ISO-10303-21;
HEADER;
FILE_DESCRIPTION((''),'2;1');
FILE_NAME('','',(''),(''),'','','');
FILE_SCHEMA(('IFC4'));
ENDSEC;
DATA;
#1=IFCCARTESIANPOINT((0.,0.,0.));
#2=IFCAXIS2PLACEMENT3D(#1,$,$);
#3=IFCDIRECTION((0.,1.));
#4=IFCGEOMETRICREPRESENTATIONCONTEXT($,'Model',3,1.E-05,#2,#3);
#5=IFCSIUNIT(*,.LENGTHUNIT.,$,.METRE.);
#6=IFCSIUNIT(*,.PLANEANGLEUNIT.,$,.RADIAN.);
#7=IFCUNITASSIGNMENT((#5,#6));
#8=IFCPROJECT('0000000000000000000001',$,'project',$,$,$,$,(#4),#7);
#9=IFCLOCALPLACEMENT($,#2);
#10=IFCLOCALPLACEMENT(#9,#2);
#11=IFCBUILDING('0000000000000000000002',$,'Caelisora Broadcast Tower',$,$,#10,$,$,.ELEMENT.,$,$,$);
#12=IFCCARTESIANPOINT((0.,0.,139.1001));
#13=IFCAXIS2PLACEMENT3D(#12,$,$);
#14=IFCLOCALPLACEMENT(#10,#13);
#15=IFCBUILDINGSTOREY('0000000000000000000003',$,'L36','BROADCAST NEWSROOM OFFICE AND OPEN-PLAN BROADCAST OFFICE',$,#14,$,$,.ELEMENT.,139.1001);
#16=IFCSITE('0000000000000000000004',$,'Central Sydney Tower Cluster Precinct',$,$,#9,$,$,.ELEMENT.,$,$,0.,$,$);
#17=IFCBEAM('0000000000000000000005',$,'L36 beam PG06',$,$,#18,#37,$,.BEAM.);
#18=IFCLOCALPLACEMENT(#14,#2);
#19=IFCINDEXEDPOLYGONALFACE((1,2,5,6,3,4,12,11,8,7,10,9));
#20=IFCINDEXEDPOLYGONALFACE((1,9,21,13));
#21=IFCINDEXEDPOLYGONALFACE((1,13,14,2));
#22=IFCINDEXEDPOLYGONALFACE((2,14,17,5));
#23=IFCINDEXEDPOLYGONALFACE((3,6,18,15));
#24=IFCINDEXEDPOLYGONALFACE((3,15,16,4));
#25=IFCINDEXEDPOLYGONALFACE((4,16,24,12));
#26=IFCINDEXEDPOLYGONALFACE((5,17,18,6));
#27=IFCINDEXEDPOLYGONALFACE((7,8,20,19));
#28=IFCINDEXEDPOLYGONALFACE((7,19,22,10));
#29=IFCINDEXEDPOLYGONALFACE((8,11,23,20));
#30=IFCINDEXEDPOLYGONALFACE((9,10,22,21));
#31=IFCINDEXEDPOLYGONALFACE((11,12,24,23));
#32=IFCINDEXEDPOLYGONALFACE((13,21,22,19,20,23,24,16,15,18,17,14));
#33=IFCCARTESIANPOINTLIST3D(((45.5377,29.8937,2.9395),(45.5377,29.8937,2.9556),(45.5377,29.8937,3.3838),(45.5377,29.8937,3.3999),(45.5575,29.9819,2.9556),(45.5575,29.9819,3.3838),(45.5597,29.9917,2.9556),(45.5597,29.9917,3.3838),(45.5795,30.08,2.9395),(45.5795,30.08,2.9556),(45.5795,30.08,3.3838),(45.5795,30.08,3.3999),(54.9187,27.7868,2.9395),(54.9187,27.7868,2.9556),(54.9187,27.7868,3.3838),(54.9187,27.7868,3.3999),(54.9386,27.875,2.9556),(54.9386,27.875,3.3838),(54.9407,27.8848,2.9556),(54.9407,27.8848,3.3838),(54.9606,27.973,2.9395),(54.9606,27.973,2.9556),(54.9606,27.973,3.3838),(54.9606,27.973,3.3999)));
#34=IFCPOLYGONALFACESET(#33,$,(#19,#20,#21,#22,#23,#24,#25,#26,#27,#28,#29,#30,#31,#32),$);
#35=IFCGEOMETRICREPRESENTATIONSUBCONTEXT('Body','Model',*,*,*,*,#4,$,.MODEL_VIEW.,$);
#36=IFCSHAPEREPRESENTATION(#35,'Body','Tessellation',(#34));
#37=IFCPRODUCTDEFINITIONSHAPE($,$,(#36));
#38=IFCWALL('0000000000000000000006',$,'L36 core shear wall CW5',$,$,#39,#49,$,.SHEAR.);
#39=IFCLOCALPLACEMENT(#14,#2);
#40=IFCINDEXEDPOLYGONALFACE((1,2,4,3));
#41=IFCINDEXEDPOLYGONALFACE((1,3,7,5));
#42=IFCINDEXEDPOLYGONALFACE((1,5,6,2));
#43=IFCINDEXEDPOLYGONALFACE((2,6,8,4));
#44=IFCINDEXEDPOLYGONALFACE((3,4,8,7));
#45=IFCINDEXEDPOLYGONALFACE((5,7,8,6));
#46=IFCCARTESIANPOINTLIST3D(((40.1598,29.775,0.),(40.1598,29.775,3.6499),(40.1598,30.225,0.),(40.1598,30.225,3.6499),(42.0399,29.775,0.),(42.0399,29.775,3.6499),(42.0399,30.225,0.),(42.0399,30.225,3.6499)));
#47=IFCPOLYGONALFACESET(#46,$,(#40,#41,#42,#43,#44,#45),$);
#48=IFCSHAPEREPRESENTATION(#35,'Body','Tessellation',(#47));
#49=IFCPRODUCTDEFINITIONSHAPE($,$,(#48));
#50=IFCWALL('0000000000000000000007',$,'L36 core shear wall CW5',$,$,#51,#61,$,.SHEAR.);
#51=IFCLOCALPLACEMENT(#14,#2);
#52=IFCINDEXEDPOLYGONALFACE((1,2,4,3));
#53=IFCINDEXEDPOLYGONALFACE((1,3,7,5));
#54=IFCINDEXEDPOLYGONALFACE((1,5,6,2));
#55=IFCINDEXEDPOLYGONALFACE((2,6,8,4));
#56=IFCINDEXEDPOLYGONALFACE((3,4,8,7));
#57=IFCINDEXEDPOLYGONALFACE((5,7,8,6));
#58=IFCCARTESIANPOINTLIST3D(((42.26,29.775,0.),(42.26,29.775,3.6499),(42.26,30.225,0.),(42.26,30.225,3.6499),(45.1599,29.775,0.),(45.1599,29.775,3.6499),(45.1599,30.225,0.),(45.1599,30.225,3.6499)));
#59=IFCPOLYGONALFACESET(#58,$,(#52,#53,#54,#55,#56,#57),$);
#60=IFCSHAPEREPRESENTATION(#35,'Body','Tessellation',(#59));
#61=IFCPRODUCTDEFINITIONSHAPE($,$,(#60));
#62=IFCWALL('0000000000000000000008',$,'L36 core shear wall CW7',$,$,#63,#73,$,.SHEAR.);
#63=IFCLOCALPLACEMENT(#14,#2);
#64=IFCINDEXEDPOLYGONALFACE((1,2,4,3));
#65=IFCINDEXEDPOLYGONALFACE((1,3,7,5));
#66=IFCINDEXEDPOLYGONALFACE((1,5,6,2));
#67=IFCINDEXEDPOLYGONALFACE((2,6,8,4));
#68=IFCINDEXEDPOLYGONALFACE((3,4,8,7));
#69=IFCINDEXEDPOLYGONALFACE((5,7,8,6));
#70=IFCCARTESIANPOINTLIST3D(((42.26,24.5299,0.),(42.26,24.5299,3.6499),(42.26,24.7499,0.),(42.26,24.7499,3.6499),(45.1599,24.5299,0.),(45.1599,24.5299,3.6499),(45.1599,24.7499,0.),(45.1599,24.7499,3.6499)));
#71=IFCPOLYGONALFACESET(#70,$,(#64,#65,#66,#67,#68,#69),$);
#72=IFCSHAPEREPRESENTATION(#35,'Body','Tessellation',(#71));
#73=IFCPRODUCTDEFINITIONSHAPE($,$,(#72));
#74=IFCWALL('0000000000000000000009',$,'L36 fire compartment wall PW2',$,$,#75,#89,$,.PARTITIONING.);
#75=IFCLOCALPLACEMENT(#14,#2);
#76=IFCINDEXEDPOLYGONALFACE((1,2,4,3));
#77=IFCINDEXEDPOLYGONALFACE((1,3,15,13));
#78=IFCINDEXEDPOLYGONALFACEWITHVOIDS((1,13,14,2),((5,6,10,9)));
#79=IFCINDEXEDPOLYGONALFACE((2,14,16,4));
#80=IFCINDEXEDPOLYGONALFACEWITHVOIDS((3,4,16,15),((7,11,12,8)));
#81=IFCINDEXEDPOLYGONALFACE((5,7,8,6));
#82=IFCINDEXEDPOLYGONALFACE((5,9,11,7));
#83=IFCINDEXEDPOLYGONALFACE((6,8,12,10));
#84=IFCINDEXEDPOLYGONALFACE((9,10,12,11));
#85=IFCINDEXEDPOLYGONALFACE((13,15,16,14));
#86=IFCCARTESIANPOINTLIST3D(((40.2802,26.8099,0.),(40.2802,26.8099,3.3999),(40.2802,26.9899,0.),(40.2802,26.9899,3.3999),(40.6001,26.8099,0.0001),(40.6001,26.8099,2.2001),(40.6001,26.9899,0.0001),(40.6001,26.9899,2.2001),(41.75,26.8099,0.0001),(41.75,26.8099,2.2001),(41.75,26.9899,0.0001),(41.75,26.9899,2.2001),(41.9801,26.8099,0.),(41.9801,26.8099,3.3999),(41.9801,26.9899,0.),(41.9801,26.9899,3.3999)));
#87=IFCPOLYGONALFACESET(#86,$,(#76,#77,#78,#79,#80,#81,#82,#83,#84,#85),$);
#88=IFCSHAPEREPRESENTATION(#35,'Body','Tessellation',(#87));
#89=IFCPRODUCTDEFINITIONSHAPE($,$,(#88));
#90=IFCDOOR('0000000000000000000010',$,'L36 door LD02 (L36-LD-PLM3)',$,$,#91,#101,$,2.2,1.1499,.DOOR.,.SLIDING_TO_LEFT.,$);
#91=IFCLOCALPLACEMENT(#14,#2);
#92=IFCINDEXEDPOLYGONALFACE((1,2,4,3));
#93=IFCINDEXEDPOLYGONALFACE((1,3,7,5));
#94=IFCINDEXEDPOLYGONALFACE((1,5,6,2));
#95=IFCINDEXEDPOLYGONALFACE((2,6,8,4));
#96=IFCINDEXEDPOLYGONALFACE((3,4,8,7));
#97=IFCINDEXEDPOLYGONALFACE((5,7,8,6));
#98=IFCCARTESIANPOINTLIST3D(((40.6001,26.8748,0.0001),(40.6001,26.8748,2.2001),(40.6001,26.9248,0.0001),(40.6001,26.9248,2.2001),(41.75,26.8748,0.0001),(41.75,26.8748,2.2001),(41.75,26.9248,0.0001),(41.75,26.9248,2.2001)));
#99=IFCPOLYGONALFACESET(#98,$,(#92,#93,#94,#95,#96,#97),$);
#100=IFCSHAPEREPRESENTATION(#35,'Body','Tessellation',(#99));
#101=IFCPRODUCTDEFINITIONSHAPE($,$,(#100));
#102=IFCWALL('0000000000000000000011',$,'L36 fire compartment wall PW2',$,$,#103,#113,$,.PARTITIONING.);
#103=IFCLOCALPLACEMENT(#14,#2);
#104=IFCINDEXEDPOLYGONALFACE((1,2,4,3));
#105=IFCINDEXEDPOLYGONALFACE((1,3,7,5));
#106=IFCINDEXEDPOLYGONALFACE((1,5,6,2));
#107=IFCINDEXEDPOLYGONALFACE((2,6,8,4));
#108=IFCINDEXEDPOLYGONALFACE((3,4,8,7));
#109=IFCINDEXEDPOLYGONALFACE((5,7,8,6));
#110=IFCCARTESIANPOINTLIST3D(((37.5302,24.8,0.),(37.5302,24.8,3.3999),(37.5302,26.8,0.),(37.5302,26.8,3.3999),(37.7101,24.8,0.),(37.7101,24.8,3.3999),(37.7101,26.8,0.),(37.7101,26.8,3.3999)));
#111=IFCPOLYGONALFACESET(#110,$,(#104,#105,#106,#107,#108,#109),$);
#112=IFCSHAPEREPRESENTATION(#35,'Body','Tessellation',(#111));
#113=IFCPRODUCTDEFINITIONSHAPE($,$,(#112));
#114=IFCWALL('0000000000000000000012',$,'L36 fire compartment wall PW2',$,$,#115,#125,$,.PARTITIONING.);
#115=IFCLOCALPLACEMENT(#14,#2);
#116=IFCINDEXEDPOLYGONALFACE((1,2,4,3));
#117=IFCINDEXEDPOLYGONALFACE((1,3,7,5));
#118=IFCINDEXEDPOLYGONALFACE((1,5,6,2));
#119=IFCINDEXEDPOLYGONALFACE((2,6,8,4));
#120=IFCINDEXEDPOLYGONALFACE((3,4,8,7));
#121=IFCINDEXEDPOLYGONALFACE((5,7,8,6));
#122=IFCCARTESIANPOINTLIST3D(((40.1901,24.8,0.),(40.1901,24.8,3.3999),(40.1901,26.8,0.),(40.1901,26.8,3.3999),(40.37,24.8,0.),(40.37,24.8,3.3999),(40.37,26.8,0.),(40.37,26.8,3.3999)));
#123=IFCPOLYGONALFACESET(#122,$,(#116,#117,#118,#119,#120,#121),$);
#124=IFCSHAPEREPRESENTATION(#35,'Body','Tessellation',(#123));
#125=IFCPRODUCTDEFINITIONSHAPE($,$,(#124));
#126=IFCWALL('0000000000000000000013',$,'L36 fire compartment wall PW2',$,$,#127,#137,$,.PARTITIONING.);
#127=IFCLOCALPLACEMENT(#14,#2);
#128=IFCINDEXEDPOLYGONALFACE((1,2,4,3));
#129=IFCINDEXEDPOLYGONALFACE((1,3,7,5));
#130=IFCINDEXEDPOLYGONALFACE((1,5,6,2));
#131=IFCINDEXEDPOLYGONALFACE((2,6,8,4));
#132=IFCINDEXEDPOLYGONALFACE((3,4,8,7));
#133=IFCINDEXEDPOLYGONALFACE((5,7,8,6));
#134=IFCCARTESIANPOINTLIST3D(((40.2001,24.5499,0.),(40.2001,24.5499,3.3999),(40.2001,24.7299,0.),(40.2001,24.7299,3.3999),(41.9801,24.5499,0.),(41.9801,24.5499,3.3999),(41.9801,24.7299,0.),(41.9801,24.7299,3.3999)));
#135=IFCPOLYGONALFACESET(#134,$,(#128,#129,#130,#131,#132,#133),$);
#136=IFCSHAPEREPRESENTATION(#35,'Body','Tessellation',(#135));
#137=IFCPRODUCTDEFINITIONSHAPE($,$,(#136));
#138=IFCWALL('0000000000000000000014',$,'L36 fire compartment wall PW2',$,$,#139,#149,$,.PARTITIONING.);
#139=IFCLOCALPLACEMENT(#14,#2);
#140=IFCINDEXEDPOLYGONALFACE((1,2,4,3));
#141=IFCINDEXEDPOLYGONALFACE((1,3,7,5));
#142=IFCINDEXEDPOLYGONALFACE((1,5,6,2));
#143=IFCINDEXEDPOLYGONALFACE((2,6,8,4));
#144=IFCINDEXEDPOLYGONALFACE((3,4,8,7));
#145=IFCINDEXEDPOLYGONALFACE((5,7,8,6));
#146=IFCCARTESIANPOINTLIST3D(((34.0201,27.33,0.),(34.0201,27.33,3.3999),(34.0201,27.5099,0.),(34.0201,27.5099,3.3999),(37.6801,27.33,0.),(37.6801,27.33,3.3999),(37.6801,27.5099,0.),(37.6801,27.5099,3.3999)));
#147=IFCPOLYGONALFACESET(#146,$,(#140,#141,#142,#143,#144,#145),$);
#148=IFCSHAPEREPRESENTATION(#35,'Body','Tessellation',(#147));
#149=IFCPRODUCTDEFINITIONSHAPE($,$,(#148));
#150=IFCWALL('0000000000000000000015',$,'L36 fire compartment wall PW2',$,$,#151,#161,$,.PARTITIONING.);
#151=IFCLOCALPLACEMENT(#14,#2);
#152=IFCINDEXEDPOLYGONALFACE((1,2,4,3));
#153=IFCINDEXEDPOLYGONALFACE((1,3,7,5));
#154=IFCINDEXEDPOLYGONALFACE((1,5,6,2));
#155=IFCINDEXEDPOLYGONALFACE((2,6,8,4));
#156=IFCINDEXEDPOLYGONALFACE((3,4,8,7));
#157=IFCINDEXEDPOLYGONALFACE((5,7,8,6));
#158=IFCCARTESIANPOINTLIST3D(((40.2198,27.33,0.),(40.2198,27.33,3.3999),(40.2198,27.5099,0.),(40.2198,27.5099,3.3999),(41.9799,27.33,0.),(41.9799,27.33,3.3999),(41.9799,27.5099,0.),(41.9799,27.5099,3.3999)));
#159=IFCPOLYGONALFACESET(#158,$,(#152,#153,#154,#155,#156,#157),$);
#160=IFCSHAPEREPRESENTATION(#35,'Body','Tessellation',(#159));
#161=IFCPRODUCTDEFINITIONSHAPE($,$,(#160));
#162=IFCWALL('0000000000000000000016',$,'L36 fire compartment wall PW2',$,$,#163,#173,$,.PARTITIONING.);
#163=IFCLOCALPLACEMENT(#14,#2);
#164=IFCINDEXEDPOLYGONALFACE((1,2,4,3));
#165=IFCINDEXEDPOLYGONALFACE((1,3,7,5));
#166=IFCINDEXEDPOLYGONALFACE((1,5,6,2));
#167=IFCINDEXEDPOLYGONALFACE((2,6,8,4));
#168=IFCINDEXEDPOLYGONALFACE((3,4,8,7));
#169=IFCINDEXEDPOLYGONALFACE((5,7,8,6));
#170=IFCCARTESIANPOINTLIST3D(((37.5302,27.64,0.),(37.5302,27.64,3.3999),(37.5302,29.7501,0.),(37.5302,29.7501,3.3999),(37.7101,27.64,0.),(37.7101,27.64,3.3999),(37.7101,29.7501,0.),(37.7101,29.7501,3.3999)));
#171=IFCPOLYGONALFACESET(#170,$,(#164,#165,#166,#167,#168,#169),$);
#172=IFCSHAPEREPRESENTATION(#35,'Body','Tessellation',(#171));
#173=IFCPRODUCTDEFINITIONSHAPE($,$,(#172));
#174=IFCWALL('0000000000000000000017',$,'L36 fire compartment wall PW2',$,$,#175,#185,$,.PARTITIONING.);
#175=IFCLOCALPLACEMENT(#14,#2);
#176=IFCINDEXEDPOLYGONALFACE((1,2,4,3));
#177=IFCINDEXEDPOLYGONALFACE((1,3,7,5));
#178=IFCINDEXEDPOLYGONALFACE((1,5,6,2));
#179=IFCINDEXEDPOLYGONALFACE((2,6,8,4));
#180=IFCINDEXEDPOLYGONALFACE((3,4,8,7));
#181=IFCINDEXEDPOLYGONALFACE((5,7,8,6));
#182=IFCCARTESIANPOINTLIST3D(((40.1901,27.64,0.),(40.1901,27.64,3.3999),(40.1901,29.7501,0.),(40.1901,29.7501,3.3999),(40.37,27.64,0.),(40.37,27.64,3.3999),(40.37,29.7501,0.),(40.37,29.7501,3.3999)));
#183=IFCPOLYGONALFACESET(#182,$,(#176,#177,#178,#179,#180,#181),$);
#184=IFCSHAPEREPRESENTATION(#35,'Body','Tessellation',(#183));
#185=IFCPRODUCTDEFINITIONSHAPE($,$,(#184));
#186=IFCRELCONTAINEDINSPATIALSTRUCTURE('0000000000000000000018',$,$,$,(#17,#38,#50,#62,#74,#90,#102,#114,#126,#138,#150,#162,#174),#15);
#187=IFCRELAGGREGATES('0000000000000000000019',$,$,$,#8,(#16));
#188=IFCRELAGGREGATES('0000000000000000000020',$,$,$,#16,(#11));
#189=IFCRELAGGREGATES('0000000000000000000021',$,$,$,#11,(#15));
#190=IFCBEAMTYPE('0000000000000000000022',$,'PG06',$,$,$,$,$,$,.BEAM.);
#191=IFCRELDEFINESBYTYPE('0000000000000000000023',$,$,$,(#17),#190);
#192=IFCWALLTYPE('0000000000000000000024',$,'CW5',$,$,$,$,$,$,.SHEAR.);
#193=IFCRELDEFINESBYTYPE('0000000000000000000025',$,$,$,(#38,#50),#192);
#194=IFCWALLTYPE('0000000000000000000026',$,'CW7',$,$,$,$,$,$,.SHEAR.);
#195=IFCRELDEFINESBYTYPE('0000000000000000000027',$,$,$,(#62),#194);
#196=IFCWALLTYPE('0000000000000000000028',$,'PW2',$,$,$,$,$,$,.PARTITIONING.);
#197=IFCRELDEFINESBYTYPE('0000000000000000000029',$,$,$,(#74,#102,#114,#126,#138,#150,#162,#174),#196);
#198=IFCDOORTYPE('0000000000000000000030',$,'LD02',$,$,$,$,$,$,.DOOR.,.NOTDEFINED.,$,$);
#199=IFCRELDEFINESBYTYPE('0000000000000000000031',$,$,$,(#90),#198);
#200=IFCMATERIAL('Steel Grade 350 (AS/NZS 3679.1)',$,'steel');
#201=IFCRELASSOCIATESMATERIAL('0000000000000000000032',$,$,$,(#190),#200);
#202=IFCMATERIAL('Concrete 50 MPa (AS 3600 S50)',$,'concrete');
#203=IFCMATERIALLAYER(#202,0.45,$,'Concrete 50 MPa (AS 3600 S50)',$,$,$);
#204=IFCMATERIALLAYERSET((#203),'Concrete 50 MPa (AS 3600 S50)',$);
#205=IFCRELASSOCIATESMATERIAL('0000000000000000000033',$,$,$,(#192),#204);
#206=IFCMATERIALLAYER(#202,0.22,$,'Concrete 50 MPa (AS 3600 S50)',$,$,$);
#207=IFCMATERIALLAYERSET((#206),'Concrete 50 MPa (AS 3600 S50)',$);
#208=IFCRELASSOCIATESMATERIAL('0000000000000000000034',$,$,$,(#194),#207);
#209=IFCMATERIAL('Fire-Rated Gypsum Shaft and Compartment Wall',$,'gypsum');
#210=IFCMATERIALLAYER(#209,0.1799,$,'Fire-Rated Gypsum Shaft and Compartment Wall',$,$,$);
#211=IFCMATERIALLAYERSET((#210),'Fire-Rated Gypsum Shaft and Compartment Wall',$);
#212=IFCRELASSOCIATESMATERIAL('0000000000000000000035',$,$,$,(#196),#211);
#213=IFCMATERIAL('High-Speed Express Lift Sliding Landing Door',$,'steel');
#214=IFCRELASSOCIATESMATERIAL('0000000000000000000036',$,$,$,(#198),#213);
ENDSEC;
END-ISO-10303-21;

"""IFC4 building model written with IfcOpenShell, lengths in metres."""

from ifc_helpers import new_model, si_unit, direction, frame, frame_2d, origin, origin_2d, place, context, subcontext, project, spatial, rectangle, i_section, extrude, source, transform, mapped, material, layer, layer_set, material_profile, profile_set, type_object, element, fill, save


model = new_model("IFC4")

# Units and contexts
model_context = context("Model", 3, precision=1e-05, world=origin(), true_north=direction((0.0, 1.0)))
body_context = subcontext(model_context, "Body", "Model", "MODEL_VIEW")
ifc_project = project(units=[si_unit("LENGTHUNIT", "METRE"), si_unit("PLANEANGLEUNIT", "RADIAN")], contexts=[model_context])

# Site, building, storey
site_placement = place(None, origin())
site = spatial("IfcSite", under=ifc_project, at=site_placement, Name="Central Sydney Tower Cluster Precinct", CompositionType="ELEMENT", RefElevation=0.0)
building_placement = place(site_placement, origin())
building = spatial("IfcBuilding", under=site, at=building_placement, Name="Caelisora Broadcast Tower", CompositionType="ELEMENT")
storey_placement = place(building_placement, frame((0.0, 0.0, 139.1001)))
storey = spatial("IfcBuildingStorey", under=building, at=storey_placement, Name="L36", Description="BROADCAST NEWSROOM OFFICE AND OPEN-PLAN BROADCAST OFFICE", CompositionType="ELEMENT", Elevation=139.1001)

# Beam
ifc_material_1 = material(Name="Concrete 50 MPa (AS 3600 S50)", Category="concrete")
ifc_material_2 = material(Name="Steel Grade 350 (AS/NZS 3679.1)", Category="steel")
ifc_material_profile_1 = material_profile(ifc_material_2, i_section(OverallWidth=0.1909, OverallDepth=0.4604, WebThickness=0.01, FlangeThickness=0.0161, at=origin_2d()), Name="Steel Grade 350 (AS/NZS 3679.1)")
ifc_profile_set_1 = profile_set([ifc_material_profile_1], Name="Steel Grade 350 (AS/NZS 3679.1)")
beam_type_1 = type_object("IfcBeamType", Name="PG06", PredefinedType="BEAM", material=ifc_profile_set_1)
shared_shape_1 = source(origin(), body_context, "Body", "SweptSolid", [
    extrude(i_section(OverallWidth=0.1909, OverallDepth=0.4604, WebThickness=0.01, FlangeThickness=0.0161, at=origin_2d()), origin(), (0.0, 0.0, 1.0), 9.6147),
])
beam_1_placement = place(storey_placement, frame((45.5586, 29.9868, 3.1697), z_axis=(0.975695, -0.219135, 0.0), x_axis=(0.219135, 0.975695, 0.0)))
element("IfcBeam", 1, at=beam_1_placement, inside=storey, type_object=beam_type_1, Name="L36 beam PG06", PredefinedType="BEAM", context=body_context, shape_type="MappedRepresentation", body=[
    mapped(shared_shape_1, transform((0.0, 0.0, 0.0), scale=1.0)),
])

# Walls
ifc_layer_1 = layer(ifc_material_1, 0.45, Name="Concrete 50 MPa (AS 3600 S50)")
ifc_layer_set_1 = layer_set([ifc_layer_1], Name="Concrete 50 MPa (AS 3600 S50)")
wall_type_1 = type_object("IfcWallType", Name="CW5", PredefinedType="SHEAR", material=ifc_layer_set_1)
wall_1_placement = place(storey_placement, frame((40.1599, 30.0, 0.0), z_axis=(0.0, 0.0, 1.0), x_axis=(1.0, 0.0, 0.0)))
element("IfcWall", 2, at=wall_1_placement, inside=storey, type_object=wall_type_1, Name="L36 core shear wall CW5", PredefinedType="SHEAR", context=body_context, shape_type="SweptSolid", body=[
    extrude(rectangle(XDim=1.8801, YDim=0.45, at=frame_2d((0.9399, 0.0))), origin(), (0.0, 0.0, 1.0), 3.6499),
])
wall_2_placement = place(storey_placement, frame((42.26, 30.0, 0.0), z_axis=(0.0, 0.0, 1.0), x_axis=(1.0, 0.0, 0.0)))
element("IfcWall", 3, at=wall_2_placement, inside=storey, type_object=wall_type_1, Name="L36 core shear wall CW5", PredefinedType="SHEAR", context=body_context, shape_type="SweptSolid", body=[
    extrude(rectangle(XDim=2.8999, YDim=0.45, at=frame_2d((1.45, 0.0))), origin(), (0.0, 0.0, 1.0), 3.6499),
])
ifc_layer_2 = layer(ifc_material_1, 0.22, Name="Concrete 50 MPa (AS 3600 S50)")
ifc_layer_set_2 = layer_set([ifc_layer_2], Name="Concrete 50 MPa (AS 3600 S50)")
wall_type_2 = type_object("IfcWallType", Name="CW7", PredefinedType="SHEAR", material=ifc_layer_set_2)
wall_3_placement = place(storey_placement, frame((42.26, 24.6399, 0.0), z_axis=(0.0, 0.0, 1.0), x_axis=(1.0, 0.0, 0.0)))
element("IfcWall", 4, at=wall_3_placement, inside=storey, type_object=wall_type_2, Name="L36 core shear wall CW7", PredefinedType="SHEAR", context=body_context, shape_type="SweptSolid", body=[
    extrude(rectangle(XDim=2.8999, YDim=0.22, at=frame_2d((1.45, 0.0))), origin(), (0.0, 0.0, 1.0), 3.6499),
])

# Wall, opening, door
ifc_material_3 = material(Name="Fire-Rated Gypsum Shaft and Compartment Wall", Category="gypsum")
ifc_layer_3 = layer(ifc_material_3, 0.1799, Name="Fire-Rated Gypsum Shaft and Compartment Wall")
ifc_layer_set_3 = layer_set([ifc_layer_3], Name="Fire-Rated Gypsum Shaft and Compartment Wall")
wall_type_3 = type_object("IfcWallType", Name="PW2", PredefinedType="PARTITIONING", material=ifc_layer_set_3)
wall_4_placement = place(storey_placement, frame((40.28, 26.8999, 0.0), z_axis=(0.0, 0.0, 1.0), x_axis=(1.0, 0.0, 0.0)))
wall_4 = element("IfcWall", 5, at=wall_4_placement, inside=storey, type_object=wall_type_3, Name="L36 fire compartment wall PW2", PredefinedType="PARTITIONING", context=body_context, shape_type="SweptSolid", body=[
    extrude(rectangle(XDim=1.7, YDim=0.1799, at=frame_2d((0.8501, 0.0))), origin(), (0.0, 0.0, 1.0), 3.3999),
])
opening_placement = place(wall_4_placement, frame((0.3201, 0.0, 0.0)))
opening = element("IfcOpeningElement", 6, at=opening_placement, cuts=wall_4, PredefinedType="OPENING", context=body_context, shape_type="SweptSolid", body=[
    extrude(rectangle(XDim=1.1499, YDim=2.2, at=frame_2d((0.575, 1.1001))), frame((0.0, 0.1021, 0.0), z_axis=(0.0, -1.0, 0.0), x_axis=(1.0, 0.0, 0.0)), (0.0, 0.0, 1.0), 0.2039),
])
ifc_material_4 = material(Name="High-Speed Express Lift Sliding Landing Door", Category="steel")
door_type = type_object("IfcDoorType", Name="LD02", OperationType="NOTDEFINED", PredefinedType="DOOR", material=ifc_material_4)
door_placement = place(opening_placement, origin())
door = element("IfcDoor", 7, at=door_placement, inside=storey, type_object=door_type, Name="L36 door LD02 (L36-LD-PLM3)", OperationType="SLIDING_TO_LEFT", OverallHeight=2.2, OverallWidth=1.1499, PredefinedType="DOOR", context=body_context, shape_type="SweptSolid", body=[
    extrude(rectangle(XDim=1.1499, YDim=2.2, at=frame_2d((0.575, 1.1001))), frame((0.0, 0.0249, 0.0), z_axis=(0.0, -1.0, 0.0), x_axis=(1.0, 0.0, 0.0)), (0.0, 0.0, 1.0), 0.05),
])
fill(opening, door)

# Walls
for number, where, z_axis, x_axis, name in (
    (8, (37.6201, 24.8, 0.0), (0.0, 0.0, 1.0), (0.0, 1.0, 0.0), "L36 fire compartment wall PW2"),
    (9, (40.28, 24.8, 0.0), (0.0, 0.0, 1.0), (0.0, 1.0, 0.0), "L36 fire compartment wall PW2"),
):
    element("IfcWall", number, at=place(storey_placement, frame(where, z_axis=z_axis, x_axis=x_axis)), inside=storey, type_object=wall_type_3, Name=name, PredefinedType="PARTITIONING", context=body_context, shape_type="SweptSolid", body=[
        extrude(rectangle(XDim=2.0, YDim=0.1799, at=frame_2d((1.0, 0.0))), origin(), (0.0, 0.0, 1.0), 3.3999),
    ])
wall_5_placement = place(storey_placement, frame((40.2, 24.6399, 0.0), z_axis=(0.0, 0.0, 1.0), x_axis=(1.0, 0.0, 0.0)))
element("IfcWall", 10, at=wall_5_placement, inside=storey, type_object=wall_type_3, Name="L36 fire compartment wall PW2", PredefinedType="PARTITIONING", context=body_context, shape_type="SweptSolid", body=[
    extrude(rectangle(XDim=1.78, YDim=0.1799, at=frame_2d((0.8901, 0.0))), origin(), (0.0, 0.0, 1.0), 3.3999),
])
wall_6_placement = place(storey_placement, frame((34.02, 27.4199, 0.0), z_axis=(0.0, 0.0, 1.0), x_axis=(1.0, 0.0, 0.0)))
element("IfcWall", 11, at=wall_6_placement, inside=storey, type_object=wall_type_3, Name="L36 fire compartment wall PW2", PredefinedType="PARTITIONING", context=body_context, shape_type="SweptSolid", body=[
    extrude(rectangle(XDim=3.6599, YDim=0.1799, at=frame_2d((1.8301, 0.0))), origin(), (0.0, 0.0, 1.0), 3.3999),
])
wall_7_placement = place(storey_placement, frame((40.22, 27.4199, 0.0), z_axis=(0.0, 0.0, 1.0), x_axis=(1.0, 0.0, 0.0)))
element("IfcWall", 12, at=wall_7_placement, inside=storey, type_object=wall_type_3, Name="L36 fire compartment wall PW2", PredefinedType="PARTITIONING", context=body_context, shape_type="SweptSolid", body=[
    extrude(rectangle(XDim=1.76, YDim=0.1799, at=frame_2d((0.8799, 0.0))), origin(), (0.0, 0.0, 1.0), 3.3999),
])
for number, where, z_axis, x_axis, name in (
    (13, (37.6201, 27.6399, 0.0), (0.0, 0.0, 1.0), (0.0, 1.0, 0.0), "L36 fire compartment wall PW2"),
    (14, (40.28, 27.6399, 0.0), (0.0, 0.0, 1.0), (0.0, 1.0, 0.0), "L36 fire compartment wall PW2"),
):
    element("IfcWall", number, at=place(storey_placement, frame(where, z_axis=z_axis, x_axis=x_axis)), inside=storey, type_object=wall_type_3, Name=name, PredefinedType="PARTITIONING", context=body_context, shape_type="SweptSolid", body=[
        extrude(rectangle(XDim=2.1101, YDim=0.1799, at=frame_2d((1.0552, 0.0))), origin(), (0.0, 0.0, 1.0), 3.3999),
    ])

save(model, "model.ifc")
